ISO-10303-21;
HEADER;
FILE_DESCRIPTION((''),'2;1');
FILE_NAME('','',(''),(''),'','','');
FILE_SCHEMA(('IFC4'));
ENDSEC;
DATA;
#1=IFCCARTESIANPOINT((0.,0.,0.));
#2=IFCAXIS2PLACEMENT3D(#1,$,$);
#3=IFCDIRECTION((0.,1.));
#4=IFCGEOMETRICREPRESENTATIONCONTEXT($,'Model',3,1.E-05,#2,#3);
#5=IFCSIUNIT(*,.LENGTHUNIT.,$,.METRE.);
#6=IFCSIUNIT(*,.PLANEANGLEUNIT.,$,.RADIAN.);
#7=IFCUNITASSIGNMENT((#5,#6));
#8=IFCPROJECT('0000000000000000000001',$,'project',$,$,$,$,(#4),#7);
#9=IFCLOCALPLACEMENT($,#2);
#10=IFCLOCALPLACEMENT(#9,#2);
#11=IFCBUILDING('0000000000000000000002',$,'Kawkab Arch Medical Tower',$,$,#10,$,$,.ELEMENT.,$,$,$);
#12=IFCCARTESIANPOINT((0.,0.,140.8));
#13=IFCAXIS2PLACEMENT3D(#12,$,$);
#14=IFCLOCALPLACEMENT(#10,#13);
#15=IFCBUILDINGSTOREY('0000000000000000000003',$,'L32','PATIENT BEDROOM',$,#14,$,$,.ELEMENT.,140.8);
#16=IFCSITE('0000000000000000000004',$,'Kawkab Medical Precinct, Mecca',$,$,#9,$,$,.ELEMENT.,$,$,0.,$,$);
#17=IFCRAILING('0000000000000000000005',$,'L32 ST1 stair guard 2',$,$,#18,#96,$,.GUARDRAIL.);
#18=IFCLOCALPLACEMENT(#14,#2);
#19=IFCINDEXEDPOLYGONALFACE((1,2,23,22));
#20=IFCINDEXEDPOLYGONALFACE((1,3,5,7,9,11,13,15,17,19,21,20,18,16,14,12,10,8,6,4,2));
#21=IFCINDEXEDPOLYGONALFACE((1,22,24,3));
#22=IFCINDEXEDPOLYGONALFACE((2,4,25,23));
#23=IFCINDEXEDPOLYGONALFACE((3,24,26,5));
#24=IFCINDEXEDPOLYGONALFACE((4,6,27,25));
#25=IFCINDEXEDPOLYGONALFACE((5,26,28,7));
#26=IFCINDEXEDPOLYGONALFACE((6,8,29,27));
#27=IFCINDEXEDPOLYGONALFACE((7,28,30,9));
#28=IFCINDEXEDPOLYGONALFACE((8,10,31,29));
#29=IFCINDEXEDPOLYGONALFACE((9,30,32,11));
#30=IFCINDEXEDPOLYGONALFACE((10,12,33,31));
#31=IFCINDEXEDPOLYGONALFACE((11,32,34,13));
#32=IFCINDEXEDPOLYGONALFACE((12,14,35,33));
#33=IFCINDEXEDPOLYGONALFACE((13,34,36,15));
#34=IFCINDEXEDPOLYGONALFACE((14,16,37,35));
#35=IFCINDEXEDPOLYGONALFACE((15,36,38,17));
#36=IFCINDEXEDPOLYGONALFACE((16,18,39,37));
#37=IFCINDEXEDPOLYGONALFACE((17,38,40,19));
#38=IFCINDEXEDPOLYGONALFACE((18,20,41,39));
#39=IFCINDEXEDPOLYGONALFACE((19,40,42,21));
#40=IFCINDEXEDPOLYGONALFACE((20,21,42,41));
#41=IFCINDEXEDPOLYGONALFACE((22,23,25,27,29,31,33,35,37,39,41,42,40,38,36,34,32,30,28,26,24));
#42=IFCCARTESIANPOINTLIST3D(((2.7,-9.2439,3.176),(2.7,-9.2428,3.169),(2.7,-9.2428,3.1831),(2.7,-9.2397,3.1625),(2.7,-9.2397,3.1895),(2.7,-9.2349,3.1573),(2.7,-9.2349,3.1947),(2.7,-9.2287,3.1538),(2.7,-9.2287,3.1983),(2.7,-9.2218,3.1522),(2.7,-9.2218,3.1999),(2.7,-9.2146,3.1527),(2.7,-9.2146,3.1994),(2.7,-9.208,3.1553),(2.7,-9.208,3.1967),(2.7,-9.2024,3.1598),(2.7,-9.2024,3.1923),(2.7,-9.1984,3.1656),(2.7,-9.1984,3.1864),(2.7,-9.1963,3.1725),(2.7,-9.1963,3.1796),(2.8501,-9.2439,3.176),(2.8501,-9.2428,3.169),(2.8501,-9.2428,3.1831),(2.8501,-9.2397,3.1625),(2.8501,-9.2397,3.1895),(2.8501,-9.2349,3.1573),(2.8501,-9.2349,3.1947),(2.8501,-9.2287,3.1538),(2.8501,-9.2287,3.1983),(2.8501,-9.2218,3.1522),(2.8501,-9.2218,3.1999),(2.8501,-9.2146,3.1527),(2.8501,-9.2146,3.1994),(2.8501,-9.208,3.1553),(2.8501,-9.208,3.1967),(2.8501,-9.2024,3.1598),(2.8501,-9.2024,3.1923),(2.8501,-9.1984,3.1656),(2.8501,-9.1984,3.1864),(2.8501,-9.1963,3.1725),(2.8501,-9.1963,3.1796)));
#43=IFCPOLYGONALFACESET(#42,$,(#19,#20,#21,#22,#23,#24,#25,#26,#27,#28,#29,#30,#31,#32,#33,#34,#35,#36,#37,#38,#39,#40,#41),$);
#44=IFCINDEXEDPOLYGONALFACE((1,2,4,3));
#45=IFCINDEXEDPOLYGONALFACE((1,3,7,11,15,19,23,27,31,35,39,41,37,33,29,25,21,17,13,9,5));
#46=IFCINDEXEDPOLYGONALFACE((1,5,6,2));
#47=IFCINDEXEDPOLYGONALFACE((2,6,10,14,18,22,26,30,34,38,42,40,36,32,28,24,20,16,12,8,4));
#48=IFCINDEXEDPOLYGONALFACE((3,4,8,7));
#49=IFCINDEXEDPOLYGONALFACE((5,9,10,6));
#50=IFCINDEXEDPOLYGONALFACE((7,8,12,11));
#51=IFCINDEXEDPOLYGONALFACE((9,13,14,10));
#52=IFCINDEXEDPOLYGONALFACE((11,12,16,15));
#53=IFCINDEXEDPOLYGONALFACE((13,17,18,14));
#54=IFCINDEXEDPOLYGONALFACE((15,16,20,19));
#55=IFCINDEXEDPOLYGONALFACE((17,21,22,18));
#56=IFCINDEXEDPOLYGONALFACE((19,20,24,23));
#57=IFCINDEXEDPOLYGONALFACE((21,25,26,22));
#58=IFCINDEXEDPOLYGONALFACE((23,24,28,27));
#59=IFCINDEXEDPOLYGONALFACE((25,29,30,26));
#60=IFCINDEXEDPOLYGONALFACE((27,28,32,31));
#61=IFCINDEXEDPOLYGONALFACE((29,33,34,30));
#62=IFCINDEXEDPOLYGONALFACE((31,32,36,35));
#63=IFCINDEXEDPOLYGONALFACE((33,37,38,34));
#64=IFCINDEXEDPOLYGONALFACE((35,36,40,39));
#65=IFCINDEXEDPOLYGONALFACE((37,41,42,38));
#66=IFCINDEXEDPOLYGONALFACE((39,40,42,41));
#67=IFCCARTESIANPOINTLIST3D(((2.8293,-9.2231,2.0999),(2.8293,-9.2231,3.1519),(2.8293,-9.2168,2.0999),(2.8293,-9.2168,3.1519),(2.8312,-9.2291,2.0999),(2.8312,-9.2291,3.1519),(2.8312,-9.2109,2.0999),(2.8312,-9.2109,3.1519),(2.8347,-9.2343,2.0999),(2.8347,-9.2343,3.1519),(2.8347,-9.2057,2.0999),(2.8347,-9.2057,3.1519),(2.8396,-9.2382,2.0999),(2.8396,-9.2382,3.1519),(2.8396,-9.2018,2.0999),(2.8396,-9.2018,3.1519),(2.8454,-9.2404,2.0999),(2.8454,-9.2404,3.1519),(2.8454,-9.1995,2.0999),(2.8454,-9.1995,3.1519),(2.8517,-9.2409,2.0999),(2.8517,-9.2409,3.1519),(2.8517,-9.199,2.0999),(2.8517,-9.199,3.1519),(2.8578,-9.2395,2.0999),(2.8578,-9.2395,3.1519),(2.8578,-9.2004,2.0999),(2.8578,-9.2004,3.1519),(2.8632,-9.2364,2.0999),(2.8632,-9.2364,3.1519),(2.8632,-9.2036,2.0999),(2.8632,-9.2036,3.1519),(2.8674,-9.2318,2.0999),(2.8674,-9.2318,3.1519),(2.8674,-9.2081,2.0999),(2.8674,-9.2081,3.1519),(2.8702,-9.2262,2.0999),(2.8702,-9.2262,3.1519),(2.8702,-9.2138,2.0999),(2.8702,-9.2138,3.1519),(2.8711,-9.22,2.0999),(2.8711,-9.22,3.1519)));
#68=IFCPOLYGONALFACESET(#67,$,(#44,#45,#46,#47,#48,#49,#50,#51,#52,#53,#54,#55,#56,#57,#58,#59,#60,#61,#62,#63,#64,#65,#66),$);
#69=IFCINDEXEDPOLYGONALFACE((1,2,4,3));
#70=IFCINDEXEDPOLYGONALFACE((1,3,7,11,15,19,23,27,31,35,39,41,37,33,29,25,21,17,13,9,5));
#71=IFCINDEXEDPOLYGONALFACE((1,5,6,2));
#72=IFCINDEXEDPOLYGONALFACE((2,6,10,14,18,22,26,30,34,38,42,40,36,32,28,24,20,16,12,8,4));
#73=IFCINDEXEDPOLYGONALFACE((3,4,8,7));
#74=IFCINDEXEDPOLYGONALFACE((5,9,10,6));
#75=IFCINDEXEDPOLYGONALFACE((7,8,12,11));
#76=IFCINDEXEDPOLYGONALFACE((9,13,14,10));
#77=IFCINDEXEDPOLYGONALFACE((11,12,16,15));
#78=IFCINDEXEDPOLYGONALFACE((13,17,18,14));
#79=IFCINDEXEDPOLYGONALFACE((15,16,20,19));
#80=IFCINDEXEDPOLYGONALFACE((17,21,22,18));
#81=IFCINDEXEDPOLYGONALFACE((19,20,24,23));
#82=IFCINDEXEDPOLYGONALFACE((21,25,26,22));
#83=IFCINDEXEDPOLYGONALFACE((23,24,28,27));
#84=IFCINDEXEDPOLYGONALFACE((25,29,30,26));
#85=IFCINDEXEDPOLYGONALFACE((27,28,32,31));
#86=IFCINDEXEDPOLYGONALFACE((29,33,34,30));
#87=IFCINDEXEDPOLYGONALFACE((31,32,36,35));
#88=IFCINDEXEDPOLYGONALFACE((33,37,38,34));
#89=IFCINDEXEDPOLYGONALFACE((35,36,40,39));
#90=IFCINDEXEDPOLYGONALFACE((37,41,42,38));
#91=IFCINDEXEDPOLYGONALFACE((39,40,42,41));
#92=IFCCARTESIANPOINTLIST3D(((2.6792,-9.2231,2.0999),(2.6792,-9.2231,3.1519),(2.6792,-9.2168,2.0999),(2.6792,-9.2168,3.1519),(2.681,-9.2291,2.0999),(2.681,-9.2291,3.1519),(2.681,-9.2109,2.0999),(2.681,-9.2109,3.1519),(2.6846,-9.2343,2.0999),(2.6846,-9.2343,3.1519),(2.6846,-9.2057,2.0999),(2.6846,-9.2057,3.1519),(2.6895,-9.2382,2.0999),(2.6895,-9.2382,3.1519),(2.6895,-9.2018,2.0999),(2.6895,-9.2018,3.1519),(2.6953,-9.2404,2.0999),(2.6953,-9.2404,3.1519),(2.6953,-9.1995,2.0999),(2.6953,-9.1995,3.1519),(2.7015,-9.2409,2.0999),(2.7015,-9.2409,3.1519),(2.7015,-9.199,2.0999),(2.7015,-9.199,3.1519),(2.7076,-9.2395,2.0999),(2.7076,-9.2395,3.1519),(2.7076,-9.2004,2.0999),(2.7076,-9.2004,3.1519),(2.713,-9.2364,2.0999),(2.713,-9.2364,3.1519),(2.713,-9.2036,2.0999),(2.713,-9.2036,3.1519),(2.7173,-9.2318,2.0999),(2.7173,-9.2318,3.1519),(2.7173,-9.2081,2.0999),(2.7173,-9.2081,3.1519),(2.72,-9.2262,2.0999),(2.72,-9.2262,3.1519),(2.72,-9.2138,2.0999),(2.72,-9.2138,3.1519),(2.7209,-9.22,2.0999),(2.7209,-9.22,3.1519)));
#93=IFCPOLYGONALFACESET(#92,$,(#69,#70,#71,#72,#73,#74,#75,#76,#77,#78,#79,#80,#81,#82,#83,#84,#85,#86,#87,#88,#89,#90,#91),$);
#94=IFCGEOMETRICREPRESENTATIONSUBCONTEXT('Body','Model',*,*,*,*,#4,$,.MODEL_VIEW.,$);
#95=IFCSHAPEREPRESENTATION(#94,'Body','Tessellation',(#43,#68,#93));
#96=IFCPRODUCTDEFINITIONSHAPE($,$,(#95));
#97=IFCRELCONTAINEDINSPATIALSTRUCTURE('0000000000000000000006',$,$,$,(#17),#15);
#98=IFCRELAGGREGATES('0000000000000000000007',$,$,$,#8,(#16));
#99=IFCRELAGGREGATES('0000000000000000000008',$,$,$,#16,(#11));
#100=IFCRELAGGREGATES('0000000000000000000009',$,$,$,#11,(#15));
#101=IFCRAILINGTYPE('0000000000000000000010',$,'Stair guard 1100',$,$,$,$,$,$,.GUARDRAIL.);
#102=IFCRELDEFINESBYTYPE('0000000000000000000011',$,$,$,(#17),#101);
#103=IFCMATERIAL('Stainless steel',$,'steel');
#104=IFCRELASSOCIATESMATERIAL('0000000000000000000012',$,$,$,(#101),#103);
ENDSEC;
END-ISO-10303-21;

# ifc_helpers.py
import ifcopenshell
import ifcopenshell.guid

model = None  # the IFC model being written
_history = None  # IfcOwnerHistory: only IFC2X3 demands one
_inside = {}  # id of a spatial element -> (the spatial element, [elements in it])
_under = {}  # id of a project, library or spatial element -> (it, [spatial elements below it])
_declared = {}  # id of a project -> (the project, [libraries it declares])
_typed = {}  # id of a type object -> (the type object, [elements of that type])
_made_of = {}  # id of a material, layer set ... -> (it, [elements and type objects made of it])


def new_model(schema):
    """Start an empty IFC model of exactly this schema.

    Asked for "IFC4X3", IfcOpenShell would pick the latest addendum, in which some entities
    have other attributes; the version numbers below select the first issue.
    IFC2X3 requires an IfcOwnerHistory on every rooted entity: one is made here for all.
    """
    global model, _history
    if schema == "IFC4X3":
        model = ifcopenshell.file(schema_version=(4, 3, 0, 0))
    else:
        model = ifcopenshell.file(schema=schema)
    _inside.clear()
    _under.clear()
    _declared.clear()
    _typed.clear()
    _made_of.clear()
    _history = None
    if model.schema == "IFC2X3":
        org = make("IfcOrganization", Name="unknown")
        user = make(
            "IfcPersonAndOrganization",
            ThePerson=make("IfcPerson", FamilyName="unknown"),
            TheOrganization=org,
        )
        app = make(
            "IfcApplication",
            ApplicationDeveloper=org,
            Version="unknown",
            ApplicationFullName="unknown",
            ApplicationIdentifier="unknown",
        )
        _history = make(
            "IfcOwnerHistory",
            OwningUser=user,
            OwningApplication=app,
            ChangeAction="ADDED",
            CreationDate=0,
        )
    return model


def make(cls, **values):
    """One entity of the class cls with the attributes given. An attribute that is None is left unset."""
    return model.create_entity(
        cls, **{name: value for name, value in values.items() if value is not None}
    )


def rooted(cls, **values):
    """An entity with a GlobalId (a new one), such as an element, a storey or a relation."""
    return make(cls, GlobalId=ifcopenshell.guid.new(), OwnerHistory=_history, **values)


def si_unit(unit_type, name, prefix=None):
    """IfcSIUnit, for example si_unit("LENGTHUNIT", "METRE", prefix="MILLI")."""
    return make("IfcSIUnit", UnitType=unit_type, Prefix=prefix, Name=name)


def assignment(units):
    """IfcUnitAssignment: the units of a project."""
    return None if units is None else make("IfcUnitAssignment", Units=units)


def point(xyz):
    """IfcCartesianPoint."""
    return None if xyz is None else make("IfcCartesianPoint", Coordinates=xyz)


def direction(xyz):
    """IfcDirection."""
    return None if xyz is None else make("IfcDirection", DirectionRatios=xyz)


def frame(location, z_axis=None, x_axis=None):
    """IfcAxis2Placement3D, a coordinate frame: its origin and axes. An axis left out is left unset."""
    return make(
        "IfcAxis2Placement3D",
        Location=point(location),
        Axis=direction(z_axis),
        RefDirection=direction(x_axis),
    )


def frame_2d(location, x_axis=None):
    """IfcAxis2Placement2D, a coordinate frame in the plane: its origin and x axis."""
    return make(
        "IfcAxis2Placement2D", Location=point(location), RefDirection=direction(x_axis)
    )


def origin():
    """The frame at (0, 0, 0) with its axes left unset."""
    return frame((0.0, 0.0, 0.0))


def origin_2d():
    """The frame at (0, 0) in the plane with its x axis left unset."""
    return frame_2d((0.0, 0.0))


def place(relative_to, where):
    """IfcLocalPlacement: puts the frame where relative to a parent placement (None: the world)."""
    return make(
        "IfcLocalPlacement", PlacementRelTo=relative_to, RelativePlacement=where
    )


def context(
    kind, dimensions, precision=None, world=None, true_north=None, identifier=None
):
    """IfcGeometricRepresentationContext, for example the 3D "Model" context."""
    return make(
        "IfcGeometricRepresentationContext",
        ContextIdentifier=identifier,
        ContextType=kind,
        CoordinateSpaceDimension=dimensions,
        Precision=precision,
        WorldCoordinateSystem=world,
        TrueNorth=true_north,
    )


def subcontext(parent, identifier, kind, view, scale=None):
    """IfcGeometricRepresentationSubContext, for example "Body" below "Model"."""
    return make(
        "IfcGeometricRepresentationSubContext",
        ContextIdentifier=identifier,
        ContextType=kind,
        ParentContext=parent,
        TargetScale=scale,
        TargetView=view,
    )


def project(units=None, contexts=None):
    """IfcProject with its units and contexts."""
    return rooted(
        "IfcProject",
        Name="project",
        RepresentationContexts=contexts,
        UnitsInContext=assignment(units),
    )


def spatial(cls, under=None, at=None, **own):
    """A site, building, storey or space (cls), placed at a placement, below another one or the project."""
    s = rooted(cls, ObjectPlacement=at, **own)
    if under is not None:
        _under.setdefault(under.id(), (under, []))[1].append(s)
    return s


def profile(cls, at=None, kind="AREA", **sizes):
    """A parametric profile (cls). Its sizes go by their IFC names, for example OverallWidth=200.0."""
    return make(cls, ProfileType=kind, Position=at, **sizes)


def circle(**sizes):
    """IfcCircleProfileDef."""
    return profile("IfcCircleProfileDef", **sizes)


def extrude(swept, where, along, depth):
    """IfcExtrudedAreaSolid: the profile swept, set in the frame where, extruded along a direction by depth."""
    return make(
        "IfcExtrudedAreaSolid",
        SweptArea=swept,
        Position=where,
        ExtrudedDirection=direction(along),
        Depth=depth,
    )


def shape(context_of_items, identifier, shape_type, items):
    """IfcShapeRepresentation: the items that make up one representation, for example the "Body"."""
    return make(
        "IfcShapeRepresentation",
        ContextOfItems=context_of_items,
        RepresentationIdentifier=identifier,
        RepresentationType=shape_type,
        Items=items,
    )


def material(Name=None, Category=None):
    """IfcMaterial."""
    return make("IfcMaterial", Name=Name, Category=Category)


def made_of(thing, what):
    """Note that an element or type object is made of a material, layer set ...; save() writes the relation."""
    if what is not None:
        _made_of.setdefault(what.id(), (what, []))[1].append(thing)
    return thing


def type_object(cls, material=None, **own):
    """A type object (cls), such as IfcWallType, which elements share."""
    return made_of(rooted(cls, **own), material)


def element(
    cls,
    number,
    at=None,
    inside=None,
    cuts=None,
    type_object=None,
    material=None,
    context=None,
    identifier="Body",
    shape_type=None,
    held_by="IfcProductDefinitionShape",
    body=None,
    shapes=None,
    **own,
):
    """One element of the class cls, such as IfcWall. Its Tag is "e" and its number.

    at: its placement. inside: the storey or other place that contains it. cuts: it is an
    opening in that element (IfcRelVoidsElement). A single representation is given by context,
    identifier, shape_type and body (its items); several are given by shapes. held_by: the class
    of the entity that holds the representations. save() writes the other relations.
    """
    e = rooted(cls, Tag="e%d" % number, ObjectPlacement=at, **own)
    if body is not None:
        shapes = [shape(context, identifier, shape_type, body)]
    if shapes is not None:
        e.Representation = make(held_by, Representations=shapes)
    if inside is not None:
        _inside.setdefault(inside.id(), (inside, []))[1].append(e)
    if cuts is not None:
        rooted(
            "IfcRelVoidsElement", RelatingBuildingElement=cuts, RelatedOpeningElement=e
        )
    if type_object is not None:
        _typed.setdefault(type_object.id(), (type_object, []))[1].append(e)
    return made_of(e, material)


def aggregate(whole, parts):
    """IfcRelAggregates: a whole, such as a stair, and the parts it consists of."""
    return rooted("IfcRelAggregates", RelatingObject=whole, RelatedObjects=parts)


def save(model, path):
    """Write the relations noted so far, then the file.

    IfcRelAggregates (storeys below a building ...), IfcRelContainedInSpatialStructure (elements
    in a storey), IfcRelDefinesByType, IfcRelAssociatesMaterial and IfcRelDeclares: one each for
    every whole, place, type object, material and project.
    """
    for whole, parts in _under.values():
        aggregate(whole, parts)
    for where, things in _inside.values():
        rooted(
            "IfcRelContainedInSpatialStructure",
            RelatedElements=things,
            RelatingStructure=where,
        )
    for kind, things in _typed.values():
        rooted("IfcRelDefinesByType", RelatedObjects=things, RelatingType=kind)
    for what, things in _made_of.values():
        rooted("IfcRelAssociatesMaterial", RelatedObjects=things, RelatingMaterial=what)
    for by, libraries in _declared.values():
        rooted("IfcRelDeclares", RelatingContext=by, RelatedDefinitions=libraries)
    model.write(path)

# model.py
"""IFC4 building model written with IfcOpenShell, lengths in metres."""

from ifc_helpers import new_model, si_unit, direction, frame, origin, origin_2d, place, context, subcontext, project, spatial, circle, extrude, material, type_object, element, save


model = new_model("IFC4")

# Units and contexts
model_context = context("Model", 3, precision=1e-05, world=origin(), true_north=direction((0.0, 1.0)))
body_context = subcontext(model_context, "Body", "Model", "MODEL_VIEW")
ifc_project = project(units=[si_unit("LENGTHUNIT", "METRE"), si_unit("PLANEANGLEUNIT", "RADIAN")], contexts=[model_context])

# Site, building, storey
site_placement = place(None, origin())
site = spatial("IfcSite", under=ifc_project, at=site_placement, Name="Kawkab Medical Precinct, Mecca", CompositionType="ELEMENT", RefElevation=0.0)
building_placement = place(site_placement, origin())
building = spatial("IfcBuilding", under=site, at=building_placement, Name="Kawkab Arch Medical Tower", CompositionType="ELEMENT")
storey_placement = place(building_placement, frame((0.0, 0.0, 140.8)))
storey = spatial("IfcBuildingStorey", under=building, at=storey_placement, Name="L32", Description="PATIENT BEDROOM", CompositionType="ELEMENT", Elevation=140.8)

# Railing
ifc_material_1 = material(Name="Stainless steel", Category="steel")
railing_type_1 = type_object("IfcRailingType", Name="Stair guard 1100", PredefinedType="GUARDRAIL", material=ifc_material_1)
railing_1_placement = place(storey_placement, frame((2.8501, -9.22, 2.0999)))
element("IfcRailing", 1, at=railing_1_placement, inside=storey, type_object=railing_type_1, Name="L32 ST1 stair guard 2", PredefinedType="GUARDRAIL", context=body_context, shape_type="SweptSolid", body=[
    extrude(circle(Radius=0.0239, at=origin_2d()), frame((0.0, 0.0, 1.0762), z_axis=(-1.0, 0.0, 0.0), x_axis=(0.0, -1.0, 0.0)), (0.0, 0.0, 1.0), 0.1501),
    extrude(circle(Radius=0.021, at=origin_2d()), origin(), (0.0, 0.0, 1.0), 1.052),
    extrude(circle(Radius=0.021, at=origin_2d()), frame((-0.1501, 0.0, 0.0)), (0.0, 0.0, 1.0), 1.052),
])

save(model, "model.ifc")
